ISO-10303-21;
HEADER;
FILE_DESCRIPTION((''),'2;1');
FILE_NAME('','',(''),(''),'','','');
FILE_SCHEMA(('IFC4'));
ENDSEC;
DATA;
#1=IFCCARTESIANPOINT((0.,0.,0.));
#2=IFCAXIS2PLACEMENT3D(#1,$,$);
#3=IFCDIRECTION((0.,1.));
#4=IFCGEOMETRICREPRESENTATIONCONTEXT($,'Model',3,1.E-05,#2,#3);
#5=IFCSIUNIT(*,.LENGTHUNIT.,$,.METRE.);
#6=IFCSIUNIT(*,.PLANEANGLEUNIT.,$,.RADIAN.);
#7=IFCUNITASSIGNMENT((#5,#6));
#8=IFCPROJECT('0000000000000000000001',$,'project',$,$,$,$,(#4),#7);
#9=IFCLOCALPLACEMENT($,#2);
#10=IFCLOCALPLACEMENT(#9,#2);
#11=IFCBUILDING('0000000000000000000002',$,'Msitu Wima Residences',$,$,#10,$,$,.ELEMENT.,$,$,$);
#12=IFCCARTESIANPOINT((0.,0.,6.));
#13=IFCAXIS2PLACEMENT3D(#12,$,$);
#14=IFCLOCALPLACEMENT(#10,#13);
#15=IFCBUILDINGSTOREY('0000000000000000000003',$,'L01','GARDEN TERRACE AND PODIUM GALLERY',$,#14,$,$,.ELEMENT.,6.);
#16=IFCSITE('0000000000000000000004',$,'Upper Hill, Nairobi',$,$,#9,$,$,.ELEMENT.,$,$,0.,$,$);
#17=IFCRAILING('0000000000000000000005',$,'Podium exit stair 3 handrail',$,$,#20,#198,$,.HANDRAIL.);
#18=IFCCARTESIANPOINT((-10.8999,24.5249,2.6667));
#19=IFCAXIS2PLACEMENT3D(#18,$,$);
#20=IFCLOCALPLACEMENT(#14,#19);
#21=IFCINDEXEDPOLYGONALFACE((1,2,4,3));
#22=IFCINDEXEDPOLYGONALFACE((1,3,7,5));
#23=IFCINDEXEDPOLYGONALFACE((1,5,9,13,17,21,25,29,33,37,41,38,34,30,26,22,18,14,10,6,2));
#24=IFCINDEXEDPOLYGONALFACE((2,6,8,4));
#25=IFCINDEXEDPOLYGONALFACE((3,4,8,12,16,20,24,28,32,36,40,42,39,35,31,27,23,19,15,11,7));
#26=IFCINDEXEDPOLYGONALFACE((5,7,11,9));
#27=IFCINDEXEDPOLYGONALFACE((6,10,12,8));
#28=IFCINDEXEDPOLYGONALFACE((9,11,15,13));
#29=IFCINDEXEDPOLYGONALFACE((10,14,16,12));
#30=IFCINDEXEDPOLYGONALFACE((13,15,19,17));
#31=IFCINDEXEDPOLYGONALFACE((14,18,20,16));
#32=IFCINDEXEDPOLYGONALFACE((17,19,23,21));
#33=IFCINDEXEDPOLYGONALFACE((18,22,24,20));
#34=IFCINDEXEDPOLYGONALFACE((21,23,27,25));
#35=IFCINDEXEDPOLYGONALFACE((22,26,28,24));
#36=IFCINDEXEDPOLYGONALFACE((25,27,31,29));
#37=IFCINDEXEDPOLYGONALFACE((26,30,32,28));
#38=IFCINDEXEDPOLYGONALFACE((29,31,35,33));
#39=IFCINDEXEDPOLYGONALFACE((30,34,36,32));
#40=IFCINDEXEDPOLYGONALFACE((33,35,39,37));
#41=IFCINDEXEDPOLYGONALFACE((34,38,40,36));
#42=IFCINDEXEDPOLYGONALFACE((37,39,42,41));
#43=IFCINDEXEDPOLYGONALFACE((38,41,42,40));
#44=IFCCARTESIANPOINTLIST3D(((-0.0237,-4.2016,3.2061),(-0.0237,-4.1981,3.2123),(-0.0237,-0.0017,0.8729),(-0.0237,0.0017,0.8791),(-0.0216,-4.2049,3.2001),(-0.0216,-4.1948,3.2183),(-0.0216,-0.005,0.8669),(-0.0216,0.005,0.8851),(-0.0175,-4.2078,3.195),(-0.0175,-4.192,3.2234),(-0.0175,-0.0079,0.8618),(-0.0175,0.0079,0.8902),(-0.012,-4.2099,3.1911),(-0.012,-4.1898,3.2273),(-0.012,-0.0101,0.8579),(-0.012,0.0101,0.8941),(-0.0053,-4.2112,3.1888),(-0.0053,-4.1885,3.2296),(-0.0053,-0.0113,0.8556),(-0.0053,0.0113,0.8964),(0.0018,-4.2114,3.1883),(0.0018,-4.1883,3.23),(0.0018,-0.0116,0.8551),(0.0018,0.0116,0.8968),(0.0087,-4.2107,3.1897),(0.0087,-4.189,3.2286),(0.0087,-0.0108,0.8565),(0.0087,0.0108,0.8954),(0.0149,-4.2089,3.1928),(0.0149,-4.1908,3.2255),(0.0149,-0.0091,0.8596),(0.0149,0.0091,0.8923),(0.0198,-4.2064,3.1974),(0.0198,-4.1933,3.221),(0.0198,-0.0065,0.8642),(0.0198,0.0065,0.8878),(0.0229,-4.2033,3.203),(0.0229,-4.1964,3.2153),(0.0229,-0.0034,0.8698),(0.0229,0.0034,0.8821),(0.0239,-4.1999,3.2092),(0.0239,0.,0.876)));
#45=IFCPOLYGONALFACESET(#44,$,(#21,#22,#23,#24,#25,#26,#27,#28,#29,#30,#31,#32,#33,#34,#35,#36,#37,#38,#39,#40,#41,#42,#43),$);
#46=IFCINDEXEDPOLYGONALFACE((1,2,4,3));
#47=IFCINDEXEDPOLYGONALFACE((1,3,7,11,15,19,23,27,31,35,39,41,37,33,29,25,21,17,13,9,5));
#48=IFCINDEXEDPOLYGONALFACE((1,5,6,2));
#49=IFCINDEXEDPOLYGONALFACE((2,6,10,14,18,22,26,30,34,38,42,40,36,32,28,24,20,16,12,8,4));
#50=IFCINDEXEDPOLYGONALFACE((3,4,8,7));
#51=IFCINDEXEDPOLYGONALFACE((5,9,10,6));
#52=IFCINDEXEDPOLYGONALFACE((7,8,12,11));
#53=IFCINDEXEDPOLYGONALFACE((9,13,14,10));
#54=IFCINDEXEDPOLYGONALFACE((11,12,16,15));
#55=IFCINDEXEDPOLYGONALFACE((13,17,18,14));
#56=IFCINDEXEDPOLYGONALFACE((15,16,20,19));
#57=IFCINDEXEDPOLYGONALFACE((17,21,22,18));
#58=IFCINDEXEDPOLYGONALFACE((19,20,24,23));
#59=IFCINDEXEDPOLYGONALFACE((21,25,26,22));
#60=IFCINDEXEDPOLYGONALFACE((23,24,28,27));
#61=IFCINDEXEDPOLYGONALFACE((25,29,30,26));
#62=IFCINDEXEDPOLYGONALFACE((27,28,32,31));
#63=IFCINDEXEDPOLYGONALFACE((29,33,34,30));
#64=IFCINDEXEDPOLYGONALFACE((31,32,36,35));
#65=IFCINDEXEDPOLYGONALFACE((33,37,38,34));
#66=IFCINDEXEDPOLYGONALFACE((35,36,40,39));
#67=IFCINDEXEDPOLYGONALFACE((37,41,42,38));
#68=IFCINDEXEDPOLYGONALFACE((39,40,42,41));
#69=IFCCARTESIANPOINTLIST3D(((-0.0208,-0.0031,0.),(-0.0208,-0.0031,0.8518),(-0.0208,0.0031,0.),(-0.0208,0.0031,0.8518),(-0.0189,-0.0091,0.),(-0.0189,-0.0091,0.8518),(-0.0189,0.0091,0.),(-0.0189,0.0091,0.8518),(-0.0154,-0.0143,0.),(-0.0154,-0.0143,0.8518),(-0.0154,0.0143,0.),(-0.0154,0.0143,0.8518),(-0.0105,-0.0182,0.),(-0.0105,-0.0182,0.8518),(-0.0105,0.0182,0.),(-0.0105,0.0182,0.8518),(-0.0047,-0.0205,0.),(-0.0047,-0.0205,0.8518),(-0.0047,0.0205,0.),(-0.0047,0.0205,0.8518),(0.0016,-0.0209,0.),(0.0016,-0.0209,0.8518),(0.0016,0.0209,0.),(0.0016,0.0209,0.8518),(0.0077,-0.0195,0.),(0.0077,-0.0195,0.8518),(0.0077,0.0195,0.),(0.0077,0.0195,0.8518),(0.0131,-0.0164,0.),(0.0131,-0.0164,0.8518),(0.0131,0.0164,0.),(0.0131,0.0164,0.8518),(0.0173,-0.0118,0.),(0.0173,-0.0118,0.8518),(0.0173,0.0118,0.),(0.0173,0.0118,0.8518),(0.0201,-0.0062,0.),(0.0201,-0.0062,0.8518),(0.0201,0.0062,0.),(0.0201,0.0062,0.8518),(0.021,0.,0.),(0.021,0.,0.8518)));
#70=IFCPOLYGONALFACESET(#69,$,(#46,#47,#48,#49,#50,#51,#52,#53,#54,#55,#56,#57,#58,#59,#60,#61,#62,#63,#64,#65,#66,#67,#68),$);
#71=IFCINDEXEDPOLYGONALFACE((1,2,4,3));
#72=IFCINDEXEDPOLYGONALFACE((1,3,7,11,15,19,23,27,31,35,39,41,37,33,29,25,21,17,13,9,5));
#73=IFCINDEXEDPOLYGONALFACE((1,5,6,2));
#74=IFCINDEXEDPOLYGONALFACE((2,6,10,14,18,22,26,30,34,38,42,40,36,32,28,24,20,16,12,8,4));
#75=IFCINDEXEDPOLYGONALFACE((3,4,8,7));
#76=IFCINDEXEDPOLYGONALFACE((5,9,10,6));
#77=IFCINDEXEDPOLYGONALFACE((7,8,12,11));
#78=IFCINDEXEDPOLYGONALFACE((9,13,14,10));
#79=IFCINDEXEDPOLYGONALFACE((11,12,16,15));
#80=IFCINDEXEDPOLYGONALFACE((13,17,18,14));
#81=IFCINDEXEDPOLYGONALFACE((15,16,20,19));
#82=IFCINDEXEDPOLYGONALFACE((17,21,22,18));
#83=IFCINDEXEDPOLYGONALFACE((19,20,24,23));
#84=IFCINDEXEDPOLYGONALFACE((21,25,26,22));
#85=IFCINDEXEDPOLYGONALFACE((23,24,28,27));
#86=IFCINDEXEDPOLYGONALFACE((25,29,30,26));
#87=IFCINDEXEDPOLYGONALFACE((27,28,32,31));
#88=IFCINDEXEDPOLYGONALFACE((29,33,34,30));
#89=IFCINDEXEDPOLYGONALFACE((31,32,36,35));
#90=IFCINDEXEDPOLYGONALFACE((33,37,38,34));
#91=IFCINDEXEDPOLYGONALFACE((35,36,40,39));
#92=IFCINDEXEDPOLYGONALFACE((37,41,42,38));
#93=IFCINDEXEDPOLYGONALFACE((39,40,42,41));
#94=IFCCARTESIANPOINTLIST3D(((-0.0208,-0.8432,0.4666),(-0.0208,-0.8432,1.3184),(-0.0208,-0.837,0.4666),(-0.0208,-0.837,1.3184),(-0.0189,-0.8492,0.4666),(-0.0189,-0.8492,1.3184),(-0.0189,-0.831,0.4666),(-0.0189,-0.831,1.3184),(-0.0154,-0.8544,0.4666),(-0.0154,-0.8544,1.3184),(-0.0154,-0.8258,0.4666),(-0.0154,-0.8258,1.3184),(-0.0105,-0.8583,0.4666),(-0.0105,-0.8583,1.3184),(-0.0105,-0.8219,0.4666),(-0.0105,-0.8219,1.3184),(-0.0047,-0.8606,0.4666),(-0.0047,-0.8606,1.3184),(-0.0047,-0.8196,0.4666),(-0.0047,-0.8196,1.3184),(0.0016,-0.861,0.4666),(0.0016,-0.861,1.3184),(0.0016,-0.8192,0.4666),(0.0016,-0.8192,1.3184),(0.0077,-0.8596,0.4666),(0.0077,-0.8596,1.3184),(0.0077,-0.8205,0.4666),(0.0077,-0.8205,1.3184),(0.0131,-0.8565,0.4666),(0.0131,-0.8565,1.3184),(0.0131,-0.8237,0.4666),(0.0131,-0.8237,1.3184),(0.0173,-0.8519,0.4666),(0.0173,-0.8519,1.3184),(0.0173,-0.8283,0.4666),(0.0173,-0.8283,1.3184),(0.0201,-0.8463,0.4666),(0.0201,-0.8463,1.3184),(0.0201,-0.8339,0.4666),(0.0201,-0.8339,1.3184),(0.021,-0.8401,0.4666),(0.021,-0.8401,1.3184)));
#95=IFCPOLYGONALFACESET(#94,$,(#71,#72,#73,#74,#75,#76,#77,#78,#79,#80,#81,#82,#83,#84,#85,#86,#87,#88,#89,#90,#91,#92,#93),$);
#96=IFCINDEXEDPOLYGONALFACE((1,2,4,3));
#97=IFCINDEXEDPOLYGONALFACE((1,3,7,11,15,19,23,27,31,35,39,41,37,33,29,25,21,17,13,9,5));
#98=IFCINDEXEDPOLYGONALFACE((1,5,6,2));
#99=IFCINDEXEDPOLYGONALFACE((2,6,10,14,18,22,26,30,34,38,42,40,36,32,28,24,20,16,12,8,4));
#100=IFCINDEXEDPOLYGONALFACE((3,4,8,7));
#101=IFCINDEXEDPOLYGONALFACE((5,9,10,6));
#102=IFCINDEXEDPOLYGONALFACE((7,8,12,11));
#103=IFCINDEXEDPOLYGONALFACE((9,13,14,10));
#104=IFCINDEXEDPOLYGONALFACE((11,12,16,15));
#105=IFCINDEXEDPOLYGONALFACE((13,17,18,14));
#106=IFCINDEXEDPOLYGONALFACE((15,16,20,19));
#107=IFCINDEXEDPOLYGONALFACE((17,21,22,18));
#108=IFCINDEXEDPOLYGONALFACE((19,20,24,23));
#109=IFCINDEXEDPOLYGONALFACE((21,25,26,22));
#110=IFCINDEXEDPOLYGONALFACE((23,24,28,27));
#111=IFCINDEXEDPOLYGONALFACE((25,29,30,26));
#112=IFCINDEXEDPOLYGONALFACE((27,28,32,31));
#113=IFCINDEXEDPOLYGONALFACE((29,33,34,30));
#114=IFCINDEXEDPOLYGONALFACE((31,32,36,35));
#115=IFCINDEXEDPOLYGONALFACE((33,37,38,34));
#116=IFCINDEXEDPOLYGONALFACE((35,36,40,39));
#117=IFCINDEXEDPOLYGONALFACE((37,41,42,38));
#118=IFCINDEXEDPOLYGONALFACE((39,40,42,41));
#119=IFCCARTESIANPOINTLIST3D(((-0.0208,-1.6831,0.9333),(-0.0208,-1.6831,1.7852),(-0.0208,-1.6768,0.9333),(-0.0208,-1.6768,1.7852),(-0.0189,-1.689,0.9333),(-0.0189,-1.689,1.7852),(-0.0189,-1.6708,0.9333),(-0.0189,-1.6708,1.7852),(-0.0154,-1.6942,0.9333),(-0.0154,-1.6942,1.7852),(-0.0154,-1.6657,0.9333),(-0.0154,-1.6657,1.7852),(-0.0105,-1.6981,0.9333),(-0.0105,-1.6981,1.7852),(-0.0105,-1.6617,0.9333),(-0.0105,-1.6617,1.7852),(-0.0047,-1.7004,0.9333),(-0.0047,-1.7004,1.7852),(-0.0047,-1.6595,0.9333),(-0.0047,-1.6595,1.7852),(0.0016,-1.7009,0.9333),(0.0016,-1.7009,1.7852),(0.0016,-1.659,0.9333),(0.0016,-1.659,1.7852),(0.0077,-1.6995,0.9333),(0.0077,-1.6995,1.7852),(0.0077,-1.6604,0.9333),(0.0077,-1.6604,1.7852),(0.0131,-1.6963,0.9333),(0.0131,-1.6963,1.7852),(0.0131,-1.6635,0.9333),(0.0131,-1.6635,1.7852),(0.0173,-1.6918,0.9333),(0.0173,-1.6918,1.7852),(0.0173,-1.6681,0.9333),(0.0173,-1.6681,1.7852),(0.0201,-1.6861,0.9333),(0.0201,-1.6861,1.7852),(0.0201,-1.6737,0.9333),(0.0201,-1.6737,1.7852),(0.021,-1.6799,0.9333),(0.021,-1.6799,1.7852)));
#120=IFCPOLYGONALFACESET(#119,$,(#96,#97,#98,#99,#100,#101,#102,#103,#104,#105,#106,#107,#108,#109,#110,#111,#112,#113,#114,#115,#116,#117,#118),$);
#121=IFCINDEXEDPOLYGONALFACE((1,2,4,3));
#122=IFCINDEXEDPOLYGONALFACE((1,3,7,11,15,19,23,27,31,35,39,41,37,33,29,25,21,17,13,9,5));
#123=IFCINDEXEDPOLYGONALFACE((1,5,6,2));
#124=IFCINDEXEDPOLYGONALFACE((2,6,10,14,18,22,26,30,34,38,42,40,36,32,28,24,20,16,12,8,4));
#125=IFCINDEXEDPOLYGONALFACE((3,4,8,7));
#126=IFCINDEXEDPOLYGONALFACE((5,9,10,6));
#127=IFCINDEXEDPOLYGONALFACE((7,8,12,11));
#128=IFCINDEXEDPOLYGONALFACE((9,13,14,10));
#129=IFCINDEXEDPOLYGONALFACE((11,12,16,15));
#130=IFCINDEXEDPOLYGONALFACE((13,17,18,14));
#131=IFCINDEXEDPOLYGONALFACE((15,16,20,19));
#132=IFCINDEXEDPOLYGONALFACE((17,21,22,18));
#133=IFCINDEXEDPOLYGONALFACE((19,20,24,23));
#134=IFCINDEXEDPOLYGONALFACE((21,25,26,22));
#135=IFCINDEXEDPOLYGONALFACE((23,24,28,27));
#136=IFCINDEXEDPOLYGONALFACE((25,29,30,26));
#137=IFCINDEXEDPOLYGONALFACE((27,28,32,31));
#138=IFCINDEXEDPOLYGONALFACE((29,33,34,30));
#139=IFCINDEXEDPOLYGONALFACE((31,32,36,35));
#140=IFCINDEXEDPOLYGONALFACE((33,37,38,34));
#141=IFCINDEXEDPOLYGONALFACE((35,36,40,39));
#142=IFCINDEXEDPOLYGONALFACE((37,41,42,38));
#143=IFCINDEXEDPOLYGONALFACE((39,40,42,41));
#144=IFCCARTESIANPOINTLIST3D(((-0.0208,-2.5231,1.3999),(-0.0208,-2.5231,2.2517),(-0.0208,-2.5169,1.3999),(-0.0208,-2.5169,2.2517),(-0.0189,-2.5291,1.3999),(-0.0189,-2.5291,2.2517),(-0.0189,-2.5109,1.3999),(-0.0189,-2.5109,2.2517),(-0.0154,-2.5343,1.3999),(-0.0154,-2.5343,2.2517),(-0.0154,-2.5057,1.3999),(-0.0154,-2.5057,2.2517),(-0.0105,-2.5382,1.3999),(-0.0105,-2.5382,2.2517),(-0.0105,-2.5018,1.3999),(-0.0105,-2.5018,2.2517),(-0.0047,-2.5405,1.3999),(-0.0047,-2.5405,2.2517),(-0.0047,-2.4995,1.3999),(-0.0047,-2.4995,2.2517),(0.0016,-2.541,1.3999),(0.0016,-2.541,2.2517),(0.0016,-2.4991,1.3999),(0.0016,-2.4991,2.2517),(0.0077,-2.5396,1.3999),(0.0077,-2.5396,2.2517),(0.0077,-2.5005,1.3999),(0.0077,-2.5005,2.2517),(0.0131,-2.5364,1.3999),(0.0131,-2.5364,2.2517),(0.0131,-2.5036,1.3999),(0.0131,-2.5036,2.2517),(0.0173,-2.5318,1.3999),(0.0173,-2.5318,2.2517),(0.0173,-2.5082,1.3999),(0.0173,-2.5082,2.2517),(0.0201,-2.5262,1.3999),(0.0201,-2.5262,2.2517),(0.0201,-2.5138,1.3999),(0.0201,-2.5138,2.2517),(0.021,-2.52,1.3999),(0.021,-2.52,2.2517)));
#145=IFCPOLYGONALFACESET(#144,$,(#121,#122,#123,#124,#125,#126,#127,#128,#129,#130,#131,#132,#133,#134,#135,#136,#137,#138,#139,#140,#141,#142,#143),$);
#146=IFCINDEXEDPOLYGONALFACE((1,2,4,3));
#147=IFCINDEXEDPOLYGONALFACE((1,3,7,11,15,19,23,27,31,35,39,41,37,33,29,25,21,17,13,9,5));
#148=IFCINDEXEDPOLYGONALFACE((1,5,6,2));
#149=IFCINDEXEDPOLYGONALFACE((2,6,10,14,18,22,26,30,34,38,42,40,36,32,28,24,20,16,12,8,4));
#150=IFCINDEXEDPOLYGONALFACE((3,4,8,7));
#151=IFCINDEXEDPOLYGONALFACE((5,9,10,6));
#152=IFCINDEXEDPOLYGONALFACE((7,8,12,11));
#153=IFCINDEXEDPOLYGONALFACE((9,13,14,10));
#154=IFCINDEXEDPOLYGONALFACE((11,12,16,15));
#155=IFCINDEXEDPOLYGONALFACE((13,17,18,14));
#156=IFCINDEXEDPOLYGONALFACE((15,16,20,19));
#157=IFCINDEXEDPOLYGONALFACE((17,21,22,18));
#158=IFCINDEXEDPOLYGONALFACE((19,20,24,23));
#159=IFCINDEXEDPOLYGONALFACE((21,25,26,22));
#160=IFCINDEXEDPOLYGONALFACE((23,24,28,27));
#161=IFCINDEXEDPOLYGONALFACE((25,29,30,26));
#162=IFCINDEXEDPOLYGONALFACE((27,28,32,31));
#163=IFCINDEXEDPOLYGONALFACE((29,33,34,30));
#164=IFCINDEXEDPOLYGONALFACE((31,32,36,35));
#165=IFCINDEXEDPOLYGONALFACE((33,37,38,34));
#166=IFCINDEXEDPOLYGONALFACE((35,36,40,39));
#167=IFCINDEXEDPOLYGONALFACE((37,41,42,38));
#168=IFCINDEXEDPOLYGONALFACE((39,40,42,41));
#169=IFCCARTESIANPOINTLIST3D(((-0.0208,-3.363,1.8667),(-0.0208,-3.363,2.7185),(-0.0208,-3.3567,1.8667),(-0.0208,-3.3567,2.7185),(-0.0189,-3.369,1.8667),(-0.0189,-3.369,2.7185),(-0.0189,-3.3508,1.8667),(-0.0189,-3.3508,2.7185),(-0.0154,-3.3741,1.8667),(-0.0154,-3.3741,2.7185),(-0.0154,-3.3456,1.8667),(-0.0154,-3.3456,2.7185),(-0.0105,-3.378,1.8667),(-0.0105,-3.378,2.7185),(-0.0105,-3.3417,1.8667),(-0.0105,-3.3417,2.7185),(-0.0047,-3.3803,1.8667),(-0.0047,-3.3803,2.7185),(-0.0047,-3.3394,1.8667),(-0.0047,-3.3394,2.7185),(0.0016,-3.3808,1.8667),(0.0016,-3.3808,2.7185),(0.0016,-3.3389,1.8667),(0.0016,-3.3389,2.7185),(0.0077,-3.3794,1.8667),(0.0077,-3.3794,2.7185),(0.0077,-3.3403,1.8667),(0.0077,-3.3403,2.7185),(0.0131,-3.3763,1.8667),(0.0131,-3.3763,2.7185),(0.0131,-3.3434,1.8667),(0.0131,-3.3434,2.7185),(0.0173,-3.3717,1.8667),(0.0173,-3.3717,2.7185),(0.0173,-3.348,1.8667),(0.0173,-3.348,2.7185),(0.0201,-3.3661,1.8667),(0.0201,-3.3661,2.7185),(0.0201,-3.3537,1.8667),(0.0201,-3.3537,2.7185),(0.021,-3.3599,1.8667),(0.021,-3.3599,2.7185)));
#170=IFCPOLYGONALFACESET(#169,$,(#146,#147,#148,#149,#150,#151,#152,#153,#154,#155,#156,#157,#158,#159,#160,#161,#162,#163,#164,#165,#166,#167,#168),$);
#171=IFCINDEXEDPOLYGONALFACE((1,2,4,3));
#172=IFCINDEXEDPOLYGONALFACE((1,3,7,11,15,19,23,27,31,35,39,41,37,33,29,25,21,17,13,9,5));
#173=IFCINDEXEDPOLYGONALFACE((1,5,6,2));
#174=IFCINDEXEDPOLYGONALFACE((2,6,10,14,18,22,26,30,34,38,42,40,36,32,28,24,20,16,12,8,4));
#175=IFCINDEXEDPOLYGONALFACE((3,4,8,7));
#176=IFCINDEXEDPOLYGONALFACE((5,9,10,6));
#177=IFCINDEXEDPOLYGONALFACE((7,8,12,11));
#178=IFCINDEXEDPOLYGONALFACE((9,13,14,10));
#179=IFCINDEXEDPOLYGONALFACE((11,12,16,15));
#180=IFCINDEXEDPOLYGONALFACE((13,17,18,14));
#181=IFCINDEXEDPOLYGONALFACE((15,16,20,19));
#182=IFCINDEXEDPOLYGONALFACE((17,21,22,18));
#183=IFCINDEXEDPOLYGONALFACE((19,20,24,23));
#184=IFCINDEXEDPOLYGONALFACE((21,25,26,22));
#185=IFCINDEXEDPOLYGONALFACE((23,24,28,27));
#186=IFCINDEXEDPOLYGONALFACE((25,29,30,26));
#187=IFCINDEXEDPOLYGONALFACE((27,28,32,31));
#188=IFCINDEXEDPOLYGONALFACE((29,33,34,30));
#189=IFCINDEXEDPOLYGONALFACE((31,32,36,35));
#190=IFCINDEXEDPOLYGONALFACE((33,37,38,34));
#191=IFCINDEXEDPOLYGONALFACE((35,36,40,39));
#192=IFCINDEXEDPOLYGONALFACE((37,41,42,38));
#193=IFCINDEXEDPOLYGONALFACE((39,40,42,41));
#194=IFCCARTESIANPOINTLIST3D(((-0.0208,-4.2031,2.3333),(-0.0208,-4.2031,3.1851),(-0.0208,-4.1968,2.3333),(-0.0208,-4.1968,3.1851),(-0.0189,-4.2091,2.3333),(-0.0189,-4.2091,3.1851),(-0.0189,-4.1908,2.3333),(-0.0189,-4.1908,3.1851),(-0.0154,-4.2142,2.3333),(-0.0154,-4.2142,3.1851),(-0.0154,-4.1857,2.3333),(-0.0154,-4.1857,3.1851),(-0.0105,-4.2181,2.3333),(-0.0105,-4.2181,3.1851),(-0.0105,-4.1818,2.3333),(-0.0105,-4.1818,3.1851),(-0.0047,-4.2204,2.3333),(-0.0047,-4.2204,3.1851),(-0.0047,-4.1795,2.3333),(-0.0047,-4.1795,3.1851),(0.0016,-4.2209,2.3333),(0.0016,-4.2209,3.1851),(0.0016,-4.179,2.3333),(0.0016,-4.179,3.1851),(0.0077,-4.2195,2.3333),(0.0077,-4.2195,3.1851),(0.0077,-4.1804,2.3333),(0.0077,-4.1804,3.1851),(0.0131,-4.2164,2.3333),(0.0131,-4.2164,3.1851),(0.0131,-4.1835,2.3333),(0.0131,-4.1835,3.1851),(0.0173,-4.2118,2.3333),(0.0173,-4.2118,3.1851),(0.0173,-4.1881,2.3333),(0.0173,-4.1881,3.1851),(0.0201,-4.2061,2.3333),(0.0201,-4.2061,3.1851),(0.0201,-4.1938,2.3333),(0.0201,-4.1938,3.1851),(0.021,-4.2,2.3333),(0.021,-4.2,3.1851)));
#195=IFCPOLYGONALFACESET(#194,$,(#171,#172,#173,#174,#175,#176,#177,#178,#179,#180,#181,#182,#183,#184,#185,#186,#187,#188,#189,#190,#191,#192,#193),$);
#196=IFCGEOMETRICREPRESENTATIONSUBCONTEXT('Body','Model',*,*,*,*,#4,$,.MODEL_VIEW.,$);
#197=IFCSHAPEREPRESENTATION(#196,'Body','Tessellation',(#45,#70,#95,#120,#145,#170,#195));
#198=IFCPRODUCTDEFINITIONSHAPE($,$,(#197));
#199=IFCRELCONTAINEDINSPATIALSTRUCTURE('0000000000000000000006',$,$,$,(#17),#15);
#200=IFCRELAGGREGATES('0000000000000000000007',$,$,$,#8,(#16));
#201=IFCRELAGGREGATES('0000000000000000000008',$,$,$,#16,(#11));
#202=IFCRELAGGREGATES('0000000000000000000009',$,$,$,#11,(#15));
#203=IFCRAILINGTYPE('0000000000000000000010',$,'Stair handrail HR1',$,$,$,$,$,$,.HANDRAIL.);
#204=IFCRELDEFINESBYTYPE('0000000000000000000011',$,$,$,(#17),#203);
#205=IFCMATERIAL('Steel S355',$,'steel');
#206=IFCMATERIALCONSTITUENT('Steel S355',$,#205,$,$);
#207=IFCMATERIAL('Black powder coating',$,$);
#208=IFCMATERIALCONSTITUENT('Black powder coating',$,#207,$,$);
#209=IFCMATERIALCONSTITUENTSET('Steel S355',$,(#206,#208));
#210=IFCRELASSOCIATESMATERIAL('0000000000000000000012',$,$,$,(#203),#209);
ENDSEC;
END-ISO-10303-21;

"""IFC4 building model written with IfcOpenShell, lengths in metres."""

from ifc_helpers import new_model, si_unit, direction, frame, origin, origin_2d, place, context, subcontext, project, spatial, circle, extrude, material, constituent, constituent_set, type_object, element, save


model = new_model("IFC4")

# Units and contexts
model_context = context("Model", 3, precision=1e-05, world=origin(), true_north=direction((0.0, 1.0)))
body_context = subcontext(model_context, "Body", "Model", "MODEL_VIEW")
ifc_project = project(units=[si_unit("LENGTHUNIT", "METRE"), si_unit("PLANEANGLEUNIT", "RADIAN")], contexts=[model_context])

# Site, building, storey
site_placement = place(None, origin())
site = spatial("IfcSite", under=ifc_project, at=site_placement, Name="Upper Hill, Nairobi", CompositionType="ELEMENT", RefElevation=0.0)
building_placement = place(site_placement, origin())
building = spatial("IfcBuilding", under=site, at=building_placement, Name="Msitu Wima Residences", CompositionType="ELEMENT")
storey_placement = place(building_placement, frame((0.0, 0.0, 6.0)))
storey = spatial("IfcBuildingStorey", under=building, at=storey_placement, Name="L01", Description="GARDEN TERRACE AND PODIUM GALLERY", CompositionType="ELEMENT", Elevation=6.0)

# Railing
ifc_material_1 = material(Name="Steel S355", Category="steel")
ifc_constituent_1 = constituent(ifc_material_1, Name="Steel S355")
ifc_material_2 = material(Name="Black powder coating")
ifc_constituent_2 = constituent(ifc_material_2, Name="Black powder coating")
ifc_constituent_set = constituent_set(constituents=[ifc_constituent_1, ifc_constituent_2], Name="Steel S355")
railing_type = type_object("IfcRailingType", Name="Stair handrail HR1", PredefinedType="HANDRAIL", material=ifc_constituent_set)
for number, where, name in (
    (1, (-10.8999, 24.5249, 2.6667), "Podium exit stair 3 handrail"),
):
    element("IfcRailing", number, at=place(storey_placement, frame(where)), inside=storey, type_object=railing_type, Name=name, PredefinedType="HANDRAIL", context=body_context, shape_type="SweptSolid", body=[
        extrude(circle(Radius=0.0239, at=origin_2d()), frame((0.0, 0.0, 0.876), z_axis=(0.0, -0.874162, 0.485634), x_axis=(1.0, 0.0, 0.0)), (0.0, 0.0, 1.0), 4.8044),
        extrude(circle(Radius=0.021, at=origin_2d()), origin(), (0.0, 0.0, 1.0), 0.8518),
        extrude(circle(Radius=0.021, at=origin_2d()), frame((0.0, -0.8401, 0.4666)), (0.0, 0.0, 1.0), 0.8518),
        extrude(circle(Radius=0.021, at=origin_2d()), frame((0.0, -1.6799, 0.9333)), (0.0, 0.0, 1.0), 0.8518),
        extrude(circle(Radius=0.021, at=origin_2d()), frame((0.0, -2.52, 1.3999)), (0.0, 0.0, 1.0), 0.8518),
        extrude(circle(Radius=0.021, at=origin_2d()), frame((0.0, -3.3599, 1.8667)), (0.0, 0.0, 1.0), 0.8518),
        extrude(circle(Radius=0.021, at=origin_2d()), frame((0.0, -4.2, 2.3333)), (0.0, 0.0, 1.0), 0.8518),
    ])

save(model, "model.ifc")
